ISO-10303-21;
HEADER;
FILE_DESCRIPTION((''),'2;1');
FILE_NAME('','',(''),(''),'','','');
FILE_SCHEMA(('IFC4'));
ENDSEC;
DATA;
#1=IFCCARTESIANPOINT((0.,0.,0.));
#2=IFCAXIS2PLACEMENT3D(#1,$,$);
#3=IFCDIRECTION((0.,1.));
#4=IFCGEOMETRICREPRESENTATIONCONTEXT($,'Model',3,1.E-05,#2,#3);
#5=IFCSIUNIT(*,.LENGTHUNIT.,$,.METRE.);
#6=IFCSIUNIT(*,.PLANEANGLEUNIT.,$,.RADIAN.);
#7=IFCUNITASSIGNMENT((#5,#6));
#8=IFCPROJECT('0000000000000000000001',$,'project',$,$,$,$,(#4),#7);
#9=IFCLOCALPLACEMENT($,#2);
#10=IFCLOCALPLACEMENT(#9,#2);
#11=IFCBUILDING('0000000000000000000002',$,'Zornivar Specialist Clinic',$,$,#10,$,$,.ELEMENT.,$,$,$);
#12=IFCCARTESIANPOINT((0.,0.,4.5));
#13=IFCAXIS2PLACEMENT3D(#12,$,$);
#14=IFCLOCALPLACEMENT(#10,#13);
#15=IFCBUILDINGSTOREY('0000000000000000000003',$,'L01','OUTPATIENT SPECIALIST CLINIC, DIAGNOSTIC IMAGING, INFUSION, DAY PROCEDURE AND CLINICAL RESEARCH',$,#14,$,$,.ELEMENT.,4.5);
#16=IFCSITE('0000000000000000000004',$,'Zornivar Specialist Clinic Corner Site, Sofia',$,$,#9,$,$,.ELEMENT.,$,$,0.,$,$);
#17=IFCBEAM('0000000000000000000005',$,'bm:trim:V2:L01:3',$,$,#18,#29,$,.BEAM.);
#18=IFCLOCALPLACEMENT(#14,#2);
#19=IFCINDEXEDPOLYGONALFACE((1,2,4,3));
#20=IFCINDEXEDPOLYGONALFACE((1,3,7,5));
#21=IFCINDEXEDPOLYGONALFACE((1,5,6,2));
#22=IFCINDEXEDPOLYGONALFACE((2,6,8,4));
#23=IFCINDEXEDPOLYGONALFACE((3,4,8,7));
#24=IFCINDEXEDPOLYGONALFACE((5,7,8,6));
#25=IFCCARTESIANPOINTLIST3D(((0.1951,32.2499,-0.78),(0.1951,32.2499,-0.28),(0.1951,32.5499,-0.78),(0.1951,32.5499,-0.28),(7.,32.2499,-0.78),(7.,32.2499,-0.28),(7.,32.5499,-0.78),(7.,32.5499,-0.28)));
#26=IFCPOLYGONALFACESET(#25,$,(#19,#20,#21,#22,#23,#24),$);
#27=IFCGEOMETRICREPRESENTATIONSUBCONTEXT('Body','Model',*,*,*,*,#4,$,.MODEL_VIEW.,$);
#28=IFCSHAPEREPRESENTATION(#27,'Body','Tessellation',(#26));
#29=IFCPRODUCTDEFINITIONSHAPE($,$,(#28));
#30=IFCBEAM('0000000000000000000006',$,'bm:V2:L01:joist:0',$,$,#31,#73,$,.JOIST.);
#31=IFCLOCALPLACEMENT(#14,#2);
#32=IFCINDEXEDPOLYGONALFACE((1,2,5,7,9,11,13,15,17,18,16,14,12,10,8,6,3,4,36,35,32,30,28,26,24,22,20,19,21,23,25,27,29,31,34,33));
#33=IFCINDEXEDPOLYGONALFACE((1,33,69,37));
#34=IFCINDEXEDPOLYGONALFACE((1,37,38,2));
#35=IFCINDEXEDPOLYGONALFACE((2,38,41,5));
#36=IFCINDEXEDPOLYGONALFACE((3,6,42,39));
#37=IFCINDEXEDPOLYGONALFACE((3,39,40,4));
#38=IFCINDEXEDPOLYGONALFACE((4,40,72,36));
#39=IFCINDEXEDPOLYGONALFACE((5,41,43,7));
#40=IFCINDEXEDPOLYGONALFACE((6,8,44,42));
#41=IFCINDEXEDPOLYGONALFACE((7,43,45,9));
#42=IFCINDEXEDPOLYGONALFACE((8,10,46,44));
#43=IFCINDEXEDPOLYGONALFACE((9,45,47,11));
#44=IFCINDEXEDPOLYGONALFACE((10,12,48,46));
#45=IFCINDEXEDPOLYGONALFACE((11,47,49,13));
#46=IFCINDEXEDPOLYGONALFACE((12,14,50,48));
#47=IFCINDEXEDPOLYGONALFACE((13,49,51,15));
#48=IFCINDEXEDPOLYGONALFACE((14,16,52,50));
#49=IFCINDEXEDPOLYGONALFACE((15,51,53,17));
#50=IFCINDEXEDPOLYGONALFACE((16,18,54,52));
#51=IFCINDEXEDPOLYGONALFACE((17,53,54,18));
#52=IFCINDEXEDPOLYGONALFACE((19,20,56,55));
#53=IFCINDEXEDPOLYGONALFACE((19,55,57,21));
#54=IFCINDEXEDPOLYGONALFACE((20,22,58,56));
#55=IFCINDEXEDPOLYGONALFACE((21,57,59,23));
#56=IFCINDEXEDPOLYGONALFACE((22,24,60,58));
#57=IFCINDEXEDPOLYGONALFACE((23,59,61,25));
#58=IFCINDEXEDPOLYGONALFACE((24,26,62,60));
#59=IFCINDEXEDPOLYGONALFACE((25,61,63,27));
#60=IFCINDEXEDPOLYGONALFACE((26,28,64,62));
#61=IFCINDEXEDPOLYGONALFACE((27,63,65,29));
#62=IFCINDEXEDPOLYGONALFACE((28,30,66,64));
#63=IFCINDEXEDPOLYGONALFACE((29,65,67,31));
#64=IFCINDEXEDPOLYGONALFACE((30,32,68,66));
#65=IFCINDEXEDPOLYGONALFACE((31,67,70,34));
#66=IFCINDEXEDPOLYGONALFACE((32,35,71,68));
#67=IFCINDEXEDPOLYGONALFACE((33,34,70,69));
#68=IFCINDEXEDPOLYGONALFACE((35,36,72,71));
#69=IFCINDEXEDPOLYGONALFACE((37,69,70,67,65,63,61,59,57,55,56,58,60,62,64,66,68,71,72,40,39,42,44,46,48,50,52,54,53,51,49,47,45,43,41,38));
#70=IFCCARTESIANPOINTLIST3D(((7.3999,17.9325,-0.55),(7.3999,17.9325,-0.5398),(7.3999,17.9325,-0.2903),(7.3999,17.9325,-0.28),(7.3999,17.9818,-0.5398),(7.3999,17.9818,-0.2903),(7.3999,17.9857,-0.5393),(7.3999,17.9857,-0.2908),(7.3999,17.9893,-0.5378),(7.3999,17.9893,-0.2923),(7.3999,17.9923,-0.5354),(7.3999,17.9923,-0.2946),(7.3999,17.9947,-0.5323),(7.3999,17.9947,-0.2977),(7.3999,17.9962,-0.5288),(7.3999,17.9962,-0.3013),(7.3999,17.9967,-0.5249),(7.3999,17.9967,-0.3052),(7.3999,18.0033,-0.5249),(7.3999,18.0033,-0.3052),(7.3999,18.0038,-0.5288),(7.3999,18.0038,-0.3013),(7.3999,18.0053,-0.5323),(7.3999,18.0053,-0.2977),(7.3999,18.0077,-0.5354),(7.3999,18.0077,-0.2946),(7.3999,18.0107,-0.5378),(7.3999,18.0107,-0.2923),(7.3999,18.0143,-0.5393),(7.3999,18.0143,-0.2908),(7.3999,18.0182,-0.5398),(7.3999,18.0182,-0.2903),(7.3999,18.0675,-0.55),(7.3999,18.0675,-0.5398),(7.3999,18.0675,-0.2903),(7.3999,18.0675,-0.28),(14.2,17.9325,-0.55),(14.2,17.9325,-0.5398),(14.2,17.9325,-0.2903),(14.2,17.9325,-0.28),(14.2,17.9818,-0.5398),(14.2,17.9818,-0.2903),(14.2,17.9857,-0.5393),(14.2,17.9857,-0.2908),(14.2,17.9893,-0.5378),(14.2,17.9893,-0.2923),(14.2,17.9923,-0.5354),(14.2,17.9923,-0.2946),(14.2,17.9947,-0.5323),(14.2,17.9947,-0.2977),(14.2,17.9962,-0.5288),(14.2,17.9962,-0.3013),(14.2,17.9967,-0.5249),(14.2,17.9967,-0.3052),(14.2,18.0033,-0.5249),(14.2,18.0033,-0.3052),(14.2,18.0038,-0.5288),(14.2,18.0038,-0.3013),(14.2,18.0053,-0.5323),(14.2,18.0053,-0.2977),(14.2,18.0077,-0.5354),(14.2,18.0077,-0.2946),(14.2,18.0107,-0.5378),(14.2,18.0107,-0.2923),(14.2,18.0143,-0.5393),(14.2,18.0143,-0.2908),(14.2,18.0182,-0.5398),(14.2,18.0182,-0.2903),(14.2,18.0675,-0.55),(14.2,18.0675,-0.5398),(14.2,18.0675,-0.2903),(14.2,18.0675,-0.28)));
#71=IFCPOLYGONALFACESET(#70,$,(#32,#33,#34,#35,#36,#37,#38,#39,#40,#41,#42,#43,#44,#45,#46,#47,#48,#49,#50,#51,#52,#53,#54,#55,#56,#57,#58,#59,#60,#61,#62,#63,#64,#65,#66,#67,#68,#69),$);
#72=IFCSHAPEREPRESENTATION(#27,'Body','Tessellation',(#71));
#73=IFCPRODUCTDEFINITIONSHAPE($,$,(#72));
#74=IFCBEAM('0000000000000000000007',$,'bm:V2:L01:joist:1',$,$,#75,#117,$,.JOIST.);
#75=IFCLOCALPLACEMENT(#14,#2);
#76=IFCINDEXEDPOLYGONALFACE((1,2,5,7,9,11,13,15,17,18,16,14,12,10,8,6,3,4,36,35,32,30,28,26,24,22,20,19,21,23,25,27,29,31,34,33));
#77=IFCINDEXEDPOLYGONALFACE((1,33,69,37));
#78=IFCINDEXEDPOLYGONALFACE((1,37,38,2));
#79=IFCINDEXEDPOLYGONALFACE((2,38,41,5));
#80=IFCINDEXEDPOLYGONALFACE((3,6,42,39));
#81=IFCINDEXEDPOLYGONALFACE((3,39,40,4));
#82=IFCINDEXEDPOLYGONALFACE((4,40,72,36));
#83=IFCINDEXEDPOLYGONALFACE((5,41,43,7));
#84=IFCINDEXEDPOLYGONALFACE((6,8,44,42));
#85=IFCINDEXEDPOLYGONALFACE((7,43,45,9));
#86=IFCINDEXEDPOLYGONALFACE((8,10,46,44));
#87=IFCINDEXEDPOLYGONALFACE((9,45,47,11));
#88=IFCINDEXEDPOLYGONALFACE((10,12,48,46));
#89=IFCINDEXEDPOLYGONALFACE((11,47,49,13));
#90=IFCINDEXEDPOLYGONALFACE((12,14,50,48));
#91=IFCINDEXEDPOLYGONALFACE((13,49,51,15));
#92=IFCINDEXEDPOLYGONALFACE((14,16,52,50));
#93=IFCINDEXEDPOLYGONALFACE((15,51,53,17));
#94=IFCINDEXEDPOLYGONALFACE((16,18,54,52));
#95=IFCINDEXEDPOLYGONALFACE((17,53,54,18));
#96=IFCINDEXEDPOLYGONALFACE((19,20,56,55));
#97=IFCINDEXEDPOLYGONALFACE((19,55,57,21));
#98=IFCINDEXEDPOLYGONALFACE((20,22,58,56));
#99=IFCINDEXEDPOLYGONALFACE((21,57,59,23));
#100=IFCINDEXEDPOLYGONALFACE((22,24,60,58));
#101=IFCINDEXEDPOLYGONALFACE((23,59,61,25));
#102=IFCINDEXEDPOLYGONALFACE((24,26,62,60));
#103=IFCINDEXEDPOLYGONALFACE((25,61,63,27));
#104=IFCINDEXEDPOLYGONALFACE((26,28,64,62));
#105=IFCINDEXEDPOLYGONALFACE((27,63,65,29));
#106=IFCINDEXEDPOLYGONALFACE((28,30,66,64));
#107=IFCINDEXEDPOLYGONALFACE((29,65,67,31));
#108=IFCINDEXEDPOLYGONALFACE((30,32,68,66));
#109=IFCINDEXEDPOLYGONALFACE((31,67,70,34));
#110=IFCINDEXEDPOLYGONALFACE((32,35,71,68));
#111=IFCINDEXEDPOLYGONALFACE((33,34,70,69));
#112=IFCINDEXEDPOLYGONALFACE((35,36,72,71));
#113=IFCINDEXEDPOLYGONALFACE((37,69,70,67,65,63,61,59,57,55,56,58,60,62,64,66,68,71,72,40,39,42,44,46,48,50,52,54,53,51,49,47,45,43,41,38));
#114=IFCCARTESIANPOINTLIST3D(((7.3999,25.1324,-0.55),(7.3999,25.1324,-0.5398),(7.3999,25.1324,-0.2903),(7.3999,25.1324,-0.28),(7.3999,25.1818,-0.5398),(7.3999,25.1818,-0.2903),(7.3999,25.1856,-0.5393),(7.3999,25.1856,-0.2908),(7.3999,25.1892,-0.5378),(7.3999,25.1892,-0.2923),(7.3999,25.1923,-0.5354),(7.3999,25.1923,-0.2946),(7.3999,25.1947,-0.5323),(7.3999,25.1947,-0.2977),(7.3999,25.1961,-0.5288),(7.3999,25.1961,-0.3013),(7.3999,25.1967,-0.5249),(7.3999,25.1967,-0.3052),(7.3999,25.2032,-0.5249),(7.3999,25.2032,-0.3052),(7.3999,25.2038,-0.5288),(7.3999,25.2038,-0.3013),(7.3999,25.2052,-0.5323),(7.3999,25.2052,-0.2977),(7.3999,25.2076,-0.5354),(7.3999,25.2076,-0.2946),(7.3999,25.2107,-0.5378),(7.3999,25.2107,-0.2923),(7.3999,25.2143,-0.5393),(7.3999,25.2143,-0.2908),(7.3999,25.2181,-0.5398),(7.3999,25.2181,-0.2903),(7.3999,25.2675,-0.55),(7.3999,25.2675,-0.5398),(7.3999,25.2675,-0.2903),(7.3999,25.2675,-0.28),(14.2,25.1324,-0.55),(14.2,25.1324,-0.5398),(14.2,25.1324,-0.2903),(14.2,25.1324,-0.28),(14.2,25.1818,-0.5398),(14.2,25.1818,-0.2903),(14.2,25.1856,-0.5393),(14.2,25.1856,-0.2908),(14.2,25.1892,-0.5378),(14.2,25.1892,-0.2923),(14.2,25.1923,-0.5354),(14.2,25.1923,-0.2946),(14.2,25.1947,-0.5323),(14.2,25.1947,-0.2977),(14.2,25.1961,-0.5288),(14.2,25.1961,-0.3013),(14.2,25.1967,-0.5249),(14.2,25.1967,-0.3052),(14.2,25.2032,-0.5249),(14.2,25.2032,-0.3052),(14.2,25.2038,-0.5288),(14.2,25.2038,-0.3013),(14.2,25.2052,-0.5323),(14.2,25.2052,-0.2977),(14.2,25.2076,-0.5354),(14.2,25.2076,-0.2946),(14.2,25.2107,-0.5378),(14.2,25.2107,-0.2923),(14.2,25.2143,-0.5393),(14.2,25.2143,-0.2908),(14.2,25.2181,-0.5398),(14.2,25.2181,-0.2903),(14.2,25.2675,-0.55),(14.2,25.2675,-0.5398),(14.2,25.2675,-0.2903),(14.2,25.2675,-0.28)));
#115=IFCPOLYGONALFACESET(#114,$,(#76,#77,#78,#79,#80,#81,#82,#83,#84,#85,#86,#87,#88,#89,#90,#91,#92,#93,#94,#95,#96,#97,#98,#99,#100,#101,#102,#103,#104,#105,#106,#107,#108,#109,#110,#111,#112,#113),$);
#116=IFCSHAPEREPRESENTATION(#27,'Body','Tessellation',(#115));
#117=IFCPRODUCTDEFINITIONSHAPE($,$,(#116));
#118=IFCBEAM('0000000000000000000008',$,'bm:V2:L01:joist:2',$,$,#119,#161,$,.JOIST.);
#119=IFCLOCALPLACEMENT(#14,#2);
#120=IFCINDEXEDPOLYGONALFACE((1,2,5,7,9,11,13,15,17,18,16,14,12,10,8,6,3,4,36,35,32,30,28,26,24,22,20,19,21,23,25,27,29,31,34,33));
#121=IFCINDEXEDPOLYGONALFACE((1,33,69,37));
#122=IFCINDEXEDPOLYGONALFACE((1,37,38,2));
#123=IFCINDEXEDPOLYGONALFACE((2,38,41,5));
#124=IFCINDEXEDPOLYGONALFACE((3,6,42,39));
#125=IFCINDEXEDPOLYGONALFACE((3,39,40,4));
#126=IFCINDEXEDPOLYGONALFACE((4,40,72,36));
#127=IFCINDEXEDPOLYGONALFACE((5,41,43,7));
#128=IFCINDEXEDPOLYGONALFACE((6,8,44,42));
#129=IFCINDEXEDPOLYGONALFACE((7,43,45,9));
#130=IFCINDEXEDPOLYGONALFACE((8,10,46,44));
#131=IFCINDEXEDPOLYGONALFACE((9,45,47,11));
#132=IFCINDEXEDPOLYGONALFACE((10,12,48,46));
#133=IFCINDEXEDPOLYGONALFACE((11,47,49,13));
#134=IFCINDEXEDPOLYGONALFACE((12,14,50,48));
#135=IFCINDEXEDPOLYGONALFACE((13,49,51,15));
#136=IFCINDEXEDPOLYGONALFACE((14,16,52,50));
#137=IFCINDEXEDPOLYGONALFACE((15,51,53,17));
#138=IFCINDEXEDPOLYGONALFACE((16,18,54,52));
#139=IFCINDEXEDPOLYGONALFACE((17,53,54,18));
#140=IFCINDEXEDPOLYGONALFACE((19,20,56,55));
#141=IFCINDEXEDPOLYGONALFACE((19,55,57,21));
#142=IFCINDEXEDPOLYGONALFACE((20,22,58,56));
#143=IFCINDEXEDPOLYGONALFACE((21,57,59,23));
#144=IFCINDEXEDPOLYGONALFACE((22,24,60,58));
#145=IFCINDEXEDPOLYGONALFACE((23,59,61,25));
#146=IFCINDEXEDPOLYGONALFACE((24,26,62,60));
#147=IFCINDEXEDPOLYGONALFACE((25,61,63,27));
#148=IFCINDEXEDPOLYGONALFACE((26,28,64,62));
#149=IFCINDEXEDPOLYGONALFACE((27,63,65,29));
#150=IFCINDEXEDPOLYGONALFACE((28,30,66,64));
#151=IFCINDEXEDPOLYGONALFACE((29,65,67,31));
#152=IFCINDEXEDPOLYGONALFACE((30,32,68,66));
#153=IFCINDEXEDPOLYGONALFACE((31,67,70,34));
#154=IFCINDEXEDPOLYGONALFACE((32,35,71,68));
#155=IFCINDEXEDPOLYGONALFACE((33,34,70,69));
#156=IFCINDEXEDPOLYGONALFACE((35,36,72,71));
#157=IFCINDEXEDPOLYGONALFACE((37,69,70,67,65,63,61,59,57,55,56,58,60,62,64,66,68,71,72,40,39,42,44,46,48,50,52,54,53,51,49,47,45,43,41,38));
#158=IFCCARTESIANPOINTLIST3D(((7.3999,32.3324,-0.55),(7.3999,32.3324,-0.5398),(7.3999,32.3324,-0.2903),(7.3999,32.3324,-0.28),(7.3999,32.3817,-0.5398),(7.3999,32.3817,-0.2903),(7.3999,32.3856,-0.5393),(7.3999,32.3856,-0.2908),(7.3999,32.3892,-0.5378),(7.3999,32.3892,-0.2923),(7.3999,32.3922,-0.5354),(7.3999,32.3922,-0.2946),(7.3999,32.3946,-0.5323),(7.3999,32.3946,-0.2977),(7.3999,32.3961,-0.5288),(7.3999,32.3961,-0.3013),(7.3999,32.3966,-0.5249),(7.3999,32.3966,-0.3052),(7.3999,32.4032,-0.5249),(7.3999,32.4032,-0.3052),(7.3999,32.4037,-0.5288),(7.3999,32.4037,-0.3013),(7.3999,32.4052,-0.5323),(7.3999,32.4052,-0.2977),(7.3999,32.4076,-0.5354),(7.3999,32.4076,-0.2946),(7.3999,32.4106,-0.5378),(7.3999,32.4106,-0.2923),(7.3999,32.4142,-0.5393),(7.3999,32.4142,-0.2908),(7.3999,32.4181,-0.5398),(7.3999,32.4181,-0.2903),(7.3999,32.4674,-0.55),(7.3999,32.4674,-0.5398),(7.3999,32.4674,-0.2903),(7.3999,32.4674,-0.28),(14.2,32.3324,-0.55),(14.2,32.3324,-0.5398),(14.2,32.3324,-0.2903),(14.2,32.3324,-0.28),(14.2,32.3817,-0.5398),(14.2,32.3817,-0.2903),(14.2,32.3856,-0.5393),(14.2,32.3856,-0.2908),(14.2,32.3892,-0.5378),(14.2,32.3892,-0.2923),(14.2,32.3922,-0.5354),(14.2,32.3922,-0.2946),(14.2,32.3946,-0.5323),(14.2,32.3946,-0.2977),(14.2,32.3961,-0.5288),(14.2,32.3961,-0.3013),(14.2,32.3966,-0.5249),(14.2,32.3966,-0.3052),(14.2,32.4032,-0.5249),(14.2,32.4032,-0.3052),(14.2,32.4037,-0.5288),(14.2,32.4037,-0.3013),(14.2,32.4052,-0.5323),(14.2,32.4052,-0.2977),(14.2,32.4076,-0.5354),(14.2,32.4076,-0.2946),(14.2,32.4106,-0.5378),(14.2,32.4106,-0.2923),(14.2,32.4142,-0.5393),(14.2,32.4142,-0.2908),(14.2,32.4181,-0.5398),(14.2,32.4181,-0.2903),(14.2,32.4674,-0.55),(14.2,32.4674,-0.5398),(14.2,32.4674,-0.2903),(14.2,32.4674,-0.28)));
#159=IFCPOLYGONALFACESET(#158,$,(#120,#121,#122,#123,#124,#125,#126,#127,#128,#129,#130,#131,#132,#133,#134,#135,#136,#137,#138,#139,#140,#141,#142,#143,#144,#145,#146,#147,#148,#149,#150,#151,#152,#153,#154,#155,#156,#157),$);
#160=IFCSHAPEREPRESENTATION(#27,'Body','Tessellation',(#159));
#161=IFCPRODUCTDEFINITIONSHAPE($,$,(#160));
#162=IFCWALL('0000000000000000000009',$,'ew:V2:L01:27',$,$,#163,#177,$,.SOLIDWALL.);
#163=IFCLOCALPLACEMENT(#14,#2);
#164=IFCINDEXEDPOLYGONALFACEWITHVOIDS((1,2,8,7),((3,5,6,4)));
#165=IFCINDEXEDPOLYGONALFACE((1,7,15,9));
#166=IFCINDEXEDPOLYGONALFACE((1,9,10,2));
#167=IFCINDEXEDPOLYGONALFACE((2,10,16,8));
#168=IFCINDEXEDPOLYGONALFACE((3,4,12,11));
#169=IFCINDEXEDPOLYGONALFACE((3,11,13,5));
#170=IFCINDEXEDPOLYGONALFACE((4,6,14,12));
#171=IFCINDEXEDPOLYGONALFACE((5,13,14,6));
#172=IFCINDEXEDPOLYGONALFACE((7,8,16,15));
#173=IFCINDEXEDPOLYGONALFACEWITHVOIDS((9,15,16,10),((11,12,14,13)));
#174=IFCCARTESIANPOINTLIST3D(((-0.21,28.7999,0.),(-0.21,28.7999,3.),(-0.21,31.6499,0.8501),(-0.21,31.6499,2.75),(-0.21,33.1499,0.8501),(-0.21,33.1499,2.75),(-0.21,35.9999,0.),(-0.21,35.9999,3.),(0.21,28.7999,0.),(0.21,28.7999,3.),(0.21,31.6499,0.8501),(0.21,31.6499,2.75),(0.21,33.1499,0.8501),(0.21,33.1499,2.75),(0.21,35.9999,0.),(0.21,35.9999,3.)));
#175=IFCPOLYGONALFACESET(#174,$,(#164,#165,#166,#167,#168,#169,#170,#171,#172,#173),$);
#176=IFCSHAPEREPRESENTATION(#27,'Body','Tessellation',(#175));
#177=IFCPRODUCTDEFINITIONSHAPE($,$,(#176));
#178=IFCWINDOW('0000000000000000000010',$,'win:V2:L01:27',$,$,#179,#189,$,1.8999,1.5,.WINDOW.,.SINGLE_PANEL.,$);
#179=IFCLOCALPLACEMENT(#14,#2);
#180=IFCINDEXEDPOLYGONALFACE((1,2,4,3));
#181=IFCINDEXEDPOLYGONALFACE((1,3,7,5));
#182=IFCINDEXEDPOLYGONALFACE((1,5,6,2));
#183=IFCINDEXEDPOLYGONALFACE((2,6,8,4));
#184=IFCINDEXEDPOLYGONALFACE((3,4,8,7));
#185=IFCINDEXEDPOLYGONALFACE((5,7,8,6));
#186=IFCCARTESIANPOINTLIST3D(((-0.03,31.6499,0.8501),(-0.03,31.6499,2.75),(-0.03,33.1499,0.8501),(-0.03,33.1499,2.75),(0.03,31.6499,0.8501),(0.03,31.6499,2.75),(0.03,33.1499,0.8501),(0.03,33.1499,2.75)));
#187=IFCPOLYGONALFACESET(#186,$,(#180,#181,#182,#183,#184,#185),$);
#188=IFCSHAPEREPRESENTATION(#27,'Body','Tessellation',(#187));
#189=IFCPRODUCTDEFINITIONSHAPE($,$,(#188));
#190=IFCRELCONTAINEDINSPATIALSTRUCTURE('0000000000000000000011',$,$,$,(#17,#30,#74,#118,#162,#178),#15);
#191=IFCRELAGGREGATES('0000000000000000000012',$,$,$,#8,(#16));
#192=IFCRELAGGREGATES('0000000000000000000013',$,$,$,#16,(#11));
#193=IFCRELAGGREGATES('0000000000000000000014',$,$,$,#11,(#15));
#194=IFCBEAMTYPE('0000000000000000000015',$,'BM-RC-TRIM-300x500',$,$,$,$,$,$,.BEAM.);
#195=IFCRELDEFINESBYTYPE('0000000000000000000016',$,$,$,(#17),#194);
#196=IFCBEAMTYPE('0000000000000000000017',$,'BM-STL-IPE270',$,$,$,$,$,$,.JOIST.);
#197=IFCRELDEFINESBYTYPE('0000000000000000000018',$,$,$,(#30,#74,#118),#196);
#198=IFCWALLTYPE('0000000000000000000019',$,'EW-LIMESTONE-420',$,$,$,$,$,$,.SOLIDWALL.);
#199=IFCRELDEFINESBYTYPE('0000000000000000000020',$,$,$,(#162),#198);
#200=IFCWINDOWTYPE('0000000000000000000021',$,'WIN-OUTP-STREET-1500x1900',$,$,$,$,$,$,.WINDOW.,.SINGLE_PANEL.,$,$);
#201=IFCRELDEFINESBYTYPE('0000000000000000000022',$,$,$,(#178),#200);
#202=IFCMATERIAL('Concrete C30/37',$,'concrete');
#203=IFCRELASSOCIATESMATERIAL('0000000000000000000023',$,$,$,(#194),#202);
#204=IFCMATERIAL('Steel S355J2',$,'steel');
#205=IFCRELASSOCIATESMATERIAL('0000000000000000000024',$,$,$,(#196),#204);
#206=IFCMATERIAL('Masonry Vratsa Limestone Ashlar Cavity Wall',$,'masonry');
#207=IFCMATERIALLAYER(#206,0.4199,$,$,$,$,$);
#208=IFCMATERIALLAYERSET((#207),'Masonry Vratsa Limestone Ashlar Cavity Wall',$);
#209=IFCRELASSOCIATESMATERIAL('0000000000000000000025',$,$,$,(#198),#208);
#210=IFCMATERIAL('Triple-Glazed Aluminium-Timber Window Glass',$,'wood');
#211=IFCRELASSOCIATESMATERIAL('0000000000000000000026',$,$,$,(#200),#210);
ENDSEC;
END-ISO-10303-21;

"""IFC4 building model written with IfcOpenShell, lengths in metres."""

from ifc_helpers import new_model, si_unit, direction, frame, frame_2d, origin, origin_2d, place, context, subcontext, project, spatial, rectangle, i_section, extrude, material, layer, layer_set, material_profile, profile_set, type_object, element, fill, save


model = new_model("IFC4")

# Units and contexts
model_context = context("Model", 3, precision=1e-05, world=origin(), true_north=direction((0.0, 1.0)))
body_context = subcontext(model_context, "Body", "Model", "MODEL_VIEW")
ifc_project = project(units=[si_unit("LENGTHUNIT", "METRE"), si_unit("PLANEANGLEUNIT", "RADIAN")], contexts=[model_context])

# Site, building, storey
site_placement = place(None, origin())
site = spatial("IfcSite", under=ifc_project, at=site_placement, Name="Zornivar Specialist Clinic Corner Site, Sofia", CompositionType="ELEMENT", RefElevation=0.0)
building_placement = place(site_placement, origin())
building = spatial("IfcBuilding", under=site, at=building_placement, Name="Zornivar Specialist Clinic", CompositionType="ELEMENT")
storey_placement = place(building_placement, frame((0.0, 0.0, 4.5)))
storey = spatial("IfcBuildingStorey", under=building, at=storey_placement, Name="L01", Description="OUTPATIENT SPECIALIST CLINIC, DIAGNOSTIC IMAGING, INFUSION, DAY PROCEDURE AND CLINICAL RESEARCH", CompositionType="ELEMENT", Elevation=4.5)

# Beams
ifc_material_1 = material(Name="Concrete C30/37", Category="concrete")
ifc_material_profile_1 = material_profile(ifc_material_1, rectangle(XDim=0.3, YDim=0.5, at=origin_2d()), Name="RC 300x500")
ifc_profile_set_1 = profile_set([ifc_material_profile_1], Name="Concrete C30/37")
beam_type_1 = type_object("IfcBeamType", Name="BM-RC-TRIM-300x500", PredefinedType="BEAM", material=ifc_profile_set_1)
for number, where, z_axis, x_axis, name in (
    (1, (0.1951, 32.3999, -0.53), (1.0, 0.0, 0.0), (0.0, 1.0, 0.0), "bm:trim:V2:L01:3"),
):
    element("IfcBeam", number, at=place(storey_placement, frame(where, z_axis=z_axis, x_axis=x_axis)), inside=storey, type_object=beam_type_1, Name=name, PredefinedType="BEAM", context=body_context, shape_type="SweptSolid", body=[
        extrude(rectangle(XDim=0.3, YDim=0.5, at=origin_2d()), origin(), (0.0, 0.0, 1.0), 6.8049),
    ])
ifc_material_2 = material(Name="Steel S355J2", Category="steel")
ifc_material_profile_2 = material_profile(ifc_material_2, i_section(OverallWidth=0.135, OverallDepth=0.27, WebThickness=0.0066, FlangeThickness=0.0103, FilletRadius=0.0149, at=origin_2d()), Name="IPE 270")
ifc_profile_set_2 = profile_set([ifc_material_profile_2], Name="Steel S355J2")
beam_type_2 = type_object("IfcBeamType", Name="BM-STL-IPE270", PredefinedType="JOIST", material=ifc_profile_set_2)
for number, where, z_axis, x_axis, name in (
    (2, (7.3999, 18.0, -0.415), (1.0, 0.0, 0.0), (0.0, 1.0, 0.0), "bm:V2:L01:joist:0"),
    (3, (7.3999, 25.2, -0.415), (1.0, 0.0, 0.0), (0.0, 1.0, 0.0), "bm:V2:L01:joist:1"),
    (4, (7.3999, 32.3999, -0.415), (1.0, 0.0, 0.0), (0.0, 1.0, 0.0), "bm:V2:L01:joist:2"),
):
    element("IfcBeam", number, at=place(storey_placement, frame(where, z_axis=z_axis, x_axis=x_axis)), inside=storey, type_object=beam_type_2, Name=name, PredefinedType="JOIST", context=body_context, shape_type="SweptSolid", body=[
        extrude(i_section(OverallWidth=0.135, OverallDepth=0.27, WebThickness=0.0066, FlangeThickness=0.0103, FilletRadius=0.0149, at=origin_2d()), origin(), (0.0, 0.0, 1.0), 6.8),
    ])

# Wall, opening, window
ifc_material_3 = material(Name="Masonry Vratsa Limestone Ashlar Cavity Wall", Category="masonry")
ifc_layer_1 = layer(ifc_material_3, 0.4199)
ifc_layer_set_1 = layer_set([ifc_layer_1], Name="Masonry Vratsa Limestone Ashlar Cavity Wall")
wall_type_1 = type_object("IfcWallType", Name="EW-LIMESTONE-420", PredefinedType="SOLIDWALL", material=ifc_layer_set_1)
wall_1_placement = place(storey_placement, frame((0.0, 36.0, 0.0), z_axis=(0.0, 0.0, 1.0), x_axis=(0.0, -1.0, 0.0)))
wall_1 = element("IfcWall", 5, at=wall_1_placement, inside=storey, type_object=wall_type_1, Name="ew:V2:L01:27", PredefinedType="SOLIDWALL", context=body_context, shape_type="SweptSolid", body=[
    extrude(rectangle(XDim=7.2, YDim=0.4199, at=frame_2d((3.6001, 0.0))), origin(), (0.0, 0.0, 1.0), 3.0),
])
opening_1_placement = place(wall_1_placement, frame((2.8501, 0.0, 0.8501)))
opening_1 = element("IfcOpeningElement", 6, at=opening_1_placement, cuts=wall_1, PredefinedType="OPENING", context=body_context, shape_type="SweptSolid", body=[
    extrude(rectangle(XDim=1.5, YDim=1.8999, at=frame_2d((0.75, 0.95))), frame((0.0, 0.22, 0.0), z_axis=(0.0, -1.0, 0.0), x_axis=(1.0, 0.0, 0.0)), (0.0, 0.0, 1.0), 0.4399),
])
ifc_material_4 = material(Name="Triple-Glazed Aluminium-Timber Window Glass", Category="wood")
window_type = type_object("IfcWindowType", Name="WIN-OUTP-STREET-1500x1900", PartitioningType="SINGLE_PANEL", PredefinedType="WINDOW", material=ifc_material_4)
window_1_placement = place(opening_1_placement, origin())
window_1 = element("IfcWindow", 7, at=window_1_placement, inside=storey, type_object=window_type, Name="win:V2:L01:27", OverallHeight=1.8999, OverallWidth=1.5, PartitioningType="SINGLE_PANEL", PredefinedType="WINDOW", context=body_context, shape_type="SweptSolid", body=[
    extrude(rectangle(XDim=1.5, YDim=1.8999, at=frame_2d((0.75, 0.95))), frame((0.0, 0.03, 0.0), z_axis=(0.0, -1.0, 0.0), x_axis=(1.0, 0.0, 0.0)), (0.0, 0.0, 1.0), 0.0601),
])
fill(opening_1, window_1)

save(model, "model.ifc")
